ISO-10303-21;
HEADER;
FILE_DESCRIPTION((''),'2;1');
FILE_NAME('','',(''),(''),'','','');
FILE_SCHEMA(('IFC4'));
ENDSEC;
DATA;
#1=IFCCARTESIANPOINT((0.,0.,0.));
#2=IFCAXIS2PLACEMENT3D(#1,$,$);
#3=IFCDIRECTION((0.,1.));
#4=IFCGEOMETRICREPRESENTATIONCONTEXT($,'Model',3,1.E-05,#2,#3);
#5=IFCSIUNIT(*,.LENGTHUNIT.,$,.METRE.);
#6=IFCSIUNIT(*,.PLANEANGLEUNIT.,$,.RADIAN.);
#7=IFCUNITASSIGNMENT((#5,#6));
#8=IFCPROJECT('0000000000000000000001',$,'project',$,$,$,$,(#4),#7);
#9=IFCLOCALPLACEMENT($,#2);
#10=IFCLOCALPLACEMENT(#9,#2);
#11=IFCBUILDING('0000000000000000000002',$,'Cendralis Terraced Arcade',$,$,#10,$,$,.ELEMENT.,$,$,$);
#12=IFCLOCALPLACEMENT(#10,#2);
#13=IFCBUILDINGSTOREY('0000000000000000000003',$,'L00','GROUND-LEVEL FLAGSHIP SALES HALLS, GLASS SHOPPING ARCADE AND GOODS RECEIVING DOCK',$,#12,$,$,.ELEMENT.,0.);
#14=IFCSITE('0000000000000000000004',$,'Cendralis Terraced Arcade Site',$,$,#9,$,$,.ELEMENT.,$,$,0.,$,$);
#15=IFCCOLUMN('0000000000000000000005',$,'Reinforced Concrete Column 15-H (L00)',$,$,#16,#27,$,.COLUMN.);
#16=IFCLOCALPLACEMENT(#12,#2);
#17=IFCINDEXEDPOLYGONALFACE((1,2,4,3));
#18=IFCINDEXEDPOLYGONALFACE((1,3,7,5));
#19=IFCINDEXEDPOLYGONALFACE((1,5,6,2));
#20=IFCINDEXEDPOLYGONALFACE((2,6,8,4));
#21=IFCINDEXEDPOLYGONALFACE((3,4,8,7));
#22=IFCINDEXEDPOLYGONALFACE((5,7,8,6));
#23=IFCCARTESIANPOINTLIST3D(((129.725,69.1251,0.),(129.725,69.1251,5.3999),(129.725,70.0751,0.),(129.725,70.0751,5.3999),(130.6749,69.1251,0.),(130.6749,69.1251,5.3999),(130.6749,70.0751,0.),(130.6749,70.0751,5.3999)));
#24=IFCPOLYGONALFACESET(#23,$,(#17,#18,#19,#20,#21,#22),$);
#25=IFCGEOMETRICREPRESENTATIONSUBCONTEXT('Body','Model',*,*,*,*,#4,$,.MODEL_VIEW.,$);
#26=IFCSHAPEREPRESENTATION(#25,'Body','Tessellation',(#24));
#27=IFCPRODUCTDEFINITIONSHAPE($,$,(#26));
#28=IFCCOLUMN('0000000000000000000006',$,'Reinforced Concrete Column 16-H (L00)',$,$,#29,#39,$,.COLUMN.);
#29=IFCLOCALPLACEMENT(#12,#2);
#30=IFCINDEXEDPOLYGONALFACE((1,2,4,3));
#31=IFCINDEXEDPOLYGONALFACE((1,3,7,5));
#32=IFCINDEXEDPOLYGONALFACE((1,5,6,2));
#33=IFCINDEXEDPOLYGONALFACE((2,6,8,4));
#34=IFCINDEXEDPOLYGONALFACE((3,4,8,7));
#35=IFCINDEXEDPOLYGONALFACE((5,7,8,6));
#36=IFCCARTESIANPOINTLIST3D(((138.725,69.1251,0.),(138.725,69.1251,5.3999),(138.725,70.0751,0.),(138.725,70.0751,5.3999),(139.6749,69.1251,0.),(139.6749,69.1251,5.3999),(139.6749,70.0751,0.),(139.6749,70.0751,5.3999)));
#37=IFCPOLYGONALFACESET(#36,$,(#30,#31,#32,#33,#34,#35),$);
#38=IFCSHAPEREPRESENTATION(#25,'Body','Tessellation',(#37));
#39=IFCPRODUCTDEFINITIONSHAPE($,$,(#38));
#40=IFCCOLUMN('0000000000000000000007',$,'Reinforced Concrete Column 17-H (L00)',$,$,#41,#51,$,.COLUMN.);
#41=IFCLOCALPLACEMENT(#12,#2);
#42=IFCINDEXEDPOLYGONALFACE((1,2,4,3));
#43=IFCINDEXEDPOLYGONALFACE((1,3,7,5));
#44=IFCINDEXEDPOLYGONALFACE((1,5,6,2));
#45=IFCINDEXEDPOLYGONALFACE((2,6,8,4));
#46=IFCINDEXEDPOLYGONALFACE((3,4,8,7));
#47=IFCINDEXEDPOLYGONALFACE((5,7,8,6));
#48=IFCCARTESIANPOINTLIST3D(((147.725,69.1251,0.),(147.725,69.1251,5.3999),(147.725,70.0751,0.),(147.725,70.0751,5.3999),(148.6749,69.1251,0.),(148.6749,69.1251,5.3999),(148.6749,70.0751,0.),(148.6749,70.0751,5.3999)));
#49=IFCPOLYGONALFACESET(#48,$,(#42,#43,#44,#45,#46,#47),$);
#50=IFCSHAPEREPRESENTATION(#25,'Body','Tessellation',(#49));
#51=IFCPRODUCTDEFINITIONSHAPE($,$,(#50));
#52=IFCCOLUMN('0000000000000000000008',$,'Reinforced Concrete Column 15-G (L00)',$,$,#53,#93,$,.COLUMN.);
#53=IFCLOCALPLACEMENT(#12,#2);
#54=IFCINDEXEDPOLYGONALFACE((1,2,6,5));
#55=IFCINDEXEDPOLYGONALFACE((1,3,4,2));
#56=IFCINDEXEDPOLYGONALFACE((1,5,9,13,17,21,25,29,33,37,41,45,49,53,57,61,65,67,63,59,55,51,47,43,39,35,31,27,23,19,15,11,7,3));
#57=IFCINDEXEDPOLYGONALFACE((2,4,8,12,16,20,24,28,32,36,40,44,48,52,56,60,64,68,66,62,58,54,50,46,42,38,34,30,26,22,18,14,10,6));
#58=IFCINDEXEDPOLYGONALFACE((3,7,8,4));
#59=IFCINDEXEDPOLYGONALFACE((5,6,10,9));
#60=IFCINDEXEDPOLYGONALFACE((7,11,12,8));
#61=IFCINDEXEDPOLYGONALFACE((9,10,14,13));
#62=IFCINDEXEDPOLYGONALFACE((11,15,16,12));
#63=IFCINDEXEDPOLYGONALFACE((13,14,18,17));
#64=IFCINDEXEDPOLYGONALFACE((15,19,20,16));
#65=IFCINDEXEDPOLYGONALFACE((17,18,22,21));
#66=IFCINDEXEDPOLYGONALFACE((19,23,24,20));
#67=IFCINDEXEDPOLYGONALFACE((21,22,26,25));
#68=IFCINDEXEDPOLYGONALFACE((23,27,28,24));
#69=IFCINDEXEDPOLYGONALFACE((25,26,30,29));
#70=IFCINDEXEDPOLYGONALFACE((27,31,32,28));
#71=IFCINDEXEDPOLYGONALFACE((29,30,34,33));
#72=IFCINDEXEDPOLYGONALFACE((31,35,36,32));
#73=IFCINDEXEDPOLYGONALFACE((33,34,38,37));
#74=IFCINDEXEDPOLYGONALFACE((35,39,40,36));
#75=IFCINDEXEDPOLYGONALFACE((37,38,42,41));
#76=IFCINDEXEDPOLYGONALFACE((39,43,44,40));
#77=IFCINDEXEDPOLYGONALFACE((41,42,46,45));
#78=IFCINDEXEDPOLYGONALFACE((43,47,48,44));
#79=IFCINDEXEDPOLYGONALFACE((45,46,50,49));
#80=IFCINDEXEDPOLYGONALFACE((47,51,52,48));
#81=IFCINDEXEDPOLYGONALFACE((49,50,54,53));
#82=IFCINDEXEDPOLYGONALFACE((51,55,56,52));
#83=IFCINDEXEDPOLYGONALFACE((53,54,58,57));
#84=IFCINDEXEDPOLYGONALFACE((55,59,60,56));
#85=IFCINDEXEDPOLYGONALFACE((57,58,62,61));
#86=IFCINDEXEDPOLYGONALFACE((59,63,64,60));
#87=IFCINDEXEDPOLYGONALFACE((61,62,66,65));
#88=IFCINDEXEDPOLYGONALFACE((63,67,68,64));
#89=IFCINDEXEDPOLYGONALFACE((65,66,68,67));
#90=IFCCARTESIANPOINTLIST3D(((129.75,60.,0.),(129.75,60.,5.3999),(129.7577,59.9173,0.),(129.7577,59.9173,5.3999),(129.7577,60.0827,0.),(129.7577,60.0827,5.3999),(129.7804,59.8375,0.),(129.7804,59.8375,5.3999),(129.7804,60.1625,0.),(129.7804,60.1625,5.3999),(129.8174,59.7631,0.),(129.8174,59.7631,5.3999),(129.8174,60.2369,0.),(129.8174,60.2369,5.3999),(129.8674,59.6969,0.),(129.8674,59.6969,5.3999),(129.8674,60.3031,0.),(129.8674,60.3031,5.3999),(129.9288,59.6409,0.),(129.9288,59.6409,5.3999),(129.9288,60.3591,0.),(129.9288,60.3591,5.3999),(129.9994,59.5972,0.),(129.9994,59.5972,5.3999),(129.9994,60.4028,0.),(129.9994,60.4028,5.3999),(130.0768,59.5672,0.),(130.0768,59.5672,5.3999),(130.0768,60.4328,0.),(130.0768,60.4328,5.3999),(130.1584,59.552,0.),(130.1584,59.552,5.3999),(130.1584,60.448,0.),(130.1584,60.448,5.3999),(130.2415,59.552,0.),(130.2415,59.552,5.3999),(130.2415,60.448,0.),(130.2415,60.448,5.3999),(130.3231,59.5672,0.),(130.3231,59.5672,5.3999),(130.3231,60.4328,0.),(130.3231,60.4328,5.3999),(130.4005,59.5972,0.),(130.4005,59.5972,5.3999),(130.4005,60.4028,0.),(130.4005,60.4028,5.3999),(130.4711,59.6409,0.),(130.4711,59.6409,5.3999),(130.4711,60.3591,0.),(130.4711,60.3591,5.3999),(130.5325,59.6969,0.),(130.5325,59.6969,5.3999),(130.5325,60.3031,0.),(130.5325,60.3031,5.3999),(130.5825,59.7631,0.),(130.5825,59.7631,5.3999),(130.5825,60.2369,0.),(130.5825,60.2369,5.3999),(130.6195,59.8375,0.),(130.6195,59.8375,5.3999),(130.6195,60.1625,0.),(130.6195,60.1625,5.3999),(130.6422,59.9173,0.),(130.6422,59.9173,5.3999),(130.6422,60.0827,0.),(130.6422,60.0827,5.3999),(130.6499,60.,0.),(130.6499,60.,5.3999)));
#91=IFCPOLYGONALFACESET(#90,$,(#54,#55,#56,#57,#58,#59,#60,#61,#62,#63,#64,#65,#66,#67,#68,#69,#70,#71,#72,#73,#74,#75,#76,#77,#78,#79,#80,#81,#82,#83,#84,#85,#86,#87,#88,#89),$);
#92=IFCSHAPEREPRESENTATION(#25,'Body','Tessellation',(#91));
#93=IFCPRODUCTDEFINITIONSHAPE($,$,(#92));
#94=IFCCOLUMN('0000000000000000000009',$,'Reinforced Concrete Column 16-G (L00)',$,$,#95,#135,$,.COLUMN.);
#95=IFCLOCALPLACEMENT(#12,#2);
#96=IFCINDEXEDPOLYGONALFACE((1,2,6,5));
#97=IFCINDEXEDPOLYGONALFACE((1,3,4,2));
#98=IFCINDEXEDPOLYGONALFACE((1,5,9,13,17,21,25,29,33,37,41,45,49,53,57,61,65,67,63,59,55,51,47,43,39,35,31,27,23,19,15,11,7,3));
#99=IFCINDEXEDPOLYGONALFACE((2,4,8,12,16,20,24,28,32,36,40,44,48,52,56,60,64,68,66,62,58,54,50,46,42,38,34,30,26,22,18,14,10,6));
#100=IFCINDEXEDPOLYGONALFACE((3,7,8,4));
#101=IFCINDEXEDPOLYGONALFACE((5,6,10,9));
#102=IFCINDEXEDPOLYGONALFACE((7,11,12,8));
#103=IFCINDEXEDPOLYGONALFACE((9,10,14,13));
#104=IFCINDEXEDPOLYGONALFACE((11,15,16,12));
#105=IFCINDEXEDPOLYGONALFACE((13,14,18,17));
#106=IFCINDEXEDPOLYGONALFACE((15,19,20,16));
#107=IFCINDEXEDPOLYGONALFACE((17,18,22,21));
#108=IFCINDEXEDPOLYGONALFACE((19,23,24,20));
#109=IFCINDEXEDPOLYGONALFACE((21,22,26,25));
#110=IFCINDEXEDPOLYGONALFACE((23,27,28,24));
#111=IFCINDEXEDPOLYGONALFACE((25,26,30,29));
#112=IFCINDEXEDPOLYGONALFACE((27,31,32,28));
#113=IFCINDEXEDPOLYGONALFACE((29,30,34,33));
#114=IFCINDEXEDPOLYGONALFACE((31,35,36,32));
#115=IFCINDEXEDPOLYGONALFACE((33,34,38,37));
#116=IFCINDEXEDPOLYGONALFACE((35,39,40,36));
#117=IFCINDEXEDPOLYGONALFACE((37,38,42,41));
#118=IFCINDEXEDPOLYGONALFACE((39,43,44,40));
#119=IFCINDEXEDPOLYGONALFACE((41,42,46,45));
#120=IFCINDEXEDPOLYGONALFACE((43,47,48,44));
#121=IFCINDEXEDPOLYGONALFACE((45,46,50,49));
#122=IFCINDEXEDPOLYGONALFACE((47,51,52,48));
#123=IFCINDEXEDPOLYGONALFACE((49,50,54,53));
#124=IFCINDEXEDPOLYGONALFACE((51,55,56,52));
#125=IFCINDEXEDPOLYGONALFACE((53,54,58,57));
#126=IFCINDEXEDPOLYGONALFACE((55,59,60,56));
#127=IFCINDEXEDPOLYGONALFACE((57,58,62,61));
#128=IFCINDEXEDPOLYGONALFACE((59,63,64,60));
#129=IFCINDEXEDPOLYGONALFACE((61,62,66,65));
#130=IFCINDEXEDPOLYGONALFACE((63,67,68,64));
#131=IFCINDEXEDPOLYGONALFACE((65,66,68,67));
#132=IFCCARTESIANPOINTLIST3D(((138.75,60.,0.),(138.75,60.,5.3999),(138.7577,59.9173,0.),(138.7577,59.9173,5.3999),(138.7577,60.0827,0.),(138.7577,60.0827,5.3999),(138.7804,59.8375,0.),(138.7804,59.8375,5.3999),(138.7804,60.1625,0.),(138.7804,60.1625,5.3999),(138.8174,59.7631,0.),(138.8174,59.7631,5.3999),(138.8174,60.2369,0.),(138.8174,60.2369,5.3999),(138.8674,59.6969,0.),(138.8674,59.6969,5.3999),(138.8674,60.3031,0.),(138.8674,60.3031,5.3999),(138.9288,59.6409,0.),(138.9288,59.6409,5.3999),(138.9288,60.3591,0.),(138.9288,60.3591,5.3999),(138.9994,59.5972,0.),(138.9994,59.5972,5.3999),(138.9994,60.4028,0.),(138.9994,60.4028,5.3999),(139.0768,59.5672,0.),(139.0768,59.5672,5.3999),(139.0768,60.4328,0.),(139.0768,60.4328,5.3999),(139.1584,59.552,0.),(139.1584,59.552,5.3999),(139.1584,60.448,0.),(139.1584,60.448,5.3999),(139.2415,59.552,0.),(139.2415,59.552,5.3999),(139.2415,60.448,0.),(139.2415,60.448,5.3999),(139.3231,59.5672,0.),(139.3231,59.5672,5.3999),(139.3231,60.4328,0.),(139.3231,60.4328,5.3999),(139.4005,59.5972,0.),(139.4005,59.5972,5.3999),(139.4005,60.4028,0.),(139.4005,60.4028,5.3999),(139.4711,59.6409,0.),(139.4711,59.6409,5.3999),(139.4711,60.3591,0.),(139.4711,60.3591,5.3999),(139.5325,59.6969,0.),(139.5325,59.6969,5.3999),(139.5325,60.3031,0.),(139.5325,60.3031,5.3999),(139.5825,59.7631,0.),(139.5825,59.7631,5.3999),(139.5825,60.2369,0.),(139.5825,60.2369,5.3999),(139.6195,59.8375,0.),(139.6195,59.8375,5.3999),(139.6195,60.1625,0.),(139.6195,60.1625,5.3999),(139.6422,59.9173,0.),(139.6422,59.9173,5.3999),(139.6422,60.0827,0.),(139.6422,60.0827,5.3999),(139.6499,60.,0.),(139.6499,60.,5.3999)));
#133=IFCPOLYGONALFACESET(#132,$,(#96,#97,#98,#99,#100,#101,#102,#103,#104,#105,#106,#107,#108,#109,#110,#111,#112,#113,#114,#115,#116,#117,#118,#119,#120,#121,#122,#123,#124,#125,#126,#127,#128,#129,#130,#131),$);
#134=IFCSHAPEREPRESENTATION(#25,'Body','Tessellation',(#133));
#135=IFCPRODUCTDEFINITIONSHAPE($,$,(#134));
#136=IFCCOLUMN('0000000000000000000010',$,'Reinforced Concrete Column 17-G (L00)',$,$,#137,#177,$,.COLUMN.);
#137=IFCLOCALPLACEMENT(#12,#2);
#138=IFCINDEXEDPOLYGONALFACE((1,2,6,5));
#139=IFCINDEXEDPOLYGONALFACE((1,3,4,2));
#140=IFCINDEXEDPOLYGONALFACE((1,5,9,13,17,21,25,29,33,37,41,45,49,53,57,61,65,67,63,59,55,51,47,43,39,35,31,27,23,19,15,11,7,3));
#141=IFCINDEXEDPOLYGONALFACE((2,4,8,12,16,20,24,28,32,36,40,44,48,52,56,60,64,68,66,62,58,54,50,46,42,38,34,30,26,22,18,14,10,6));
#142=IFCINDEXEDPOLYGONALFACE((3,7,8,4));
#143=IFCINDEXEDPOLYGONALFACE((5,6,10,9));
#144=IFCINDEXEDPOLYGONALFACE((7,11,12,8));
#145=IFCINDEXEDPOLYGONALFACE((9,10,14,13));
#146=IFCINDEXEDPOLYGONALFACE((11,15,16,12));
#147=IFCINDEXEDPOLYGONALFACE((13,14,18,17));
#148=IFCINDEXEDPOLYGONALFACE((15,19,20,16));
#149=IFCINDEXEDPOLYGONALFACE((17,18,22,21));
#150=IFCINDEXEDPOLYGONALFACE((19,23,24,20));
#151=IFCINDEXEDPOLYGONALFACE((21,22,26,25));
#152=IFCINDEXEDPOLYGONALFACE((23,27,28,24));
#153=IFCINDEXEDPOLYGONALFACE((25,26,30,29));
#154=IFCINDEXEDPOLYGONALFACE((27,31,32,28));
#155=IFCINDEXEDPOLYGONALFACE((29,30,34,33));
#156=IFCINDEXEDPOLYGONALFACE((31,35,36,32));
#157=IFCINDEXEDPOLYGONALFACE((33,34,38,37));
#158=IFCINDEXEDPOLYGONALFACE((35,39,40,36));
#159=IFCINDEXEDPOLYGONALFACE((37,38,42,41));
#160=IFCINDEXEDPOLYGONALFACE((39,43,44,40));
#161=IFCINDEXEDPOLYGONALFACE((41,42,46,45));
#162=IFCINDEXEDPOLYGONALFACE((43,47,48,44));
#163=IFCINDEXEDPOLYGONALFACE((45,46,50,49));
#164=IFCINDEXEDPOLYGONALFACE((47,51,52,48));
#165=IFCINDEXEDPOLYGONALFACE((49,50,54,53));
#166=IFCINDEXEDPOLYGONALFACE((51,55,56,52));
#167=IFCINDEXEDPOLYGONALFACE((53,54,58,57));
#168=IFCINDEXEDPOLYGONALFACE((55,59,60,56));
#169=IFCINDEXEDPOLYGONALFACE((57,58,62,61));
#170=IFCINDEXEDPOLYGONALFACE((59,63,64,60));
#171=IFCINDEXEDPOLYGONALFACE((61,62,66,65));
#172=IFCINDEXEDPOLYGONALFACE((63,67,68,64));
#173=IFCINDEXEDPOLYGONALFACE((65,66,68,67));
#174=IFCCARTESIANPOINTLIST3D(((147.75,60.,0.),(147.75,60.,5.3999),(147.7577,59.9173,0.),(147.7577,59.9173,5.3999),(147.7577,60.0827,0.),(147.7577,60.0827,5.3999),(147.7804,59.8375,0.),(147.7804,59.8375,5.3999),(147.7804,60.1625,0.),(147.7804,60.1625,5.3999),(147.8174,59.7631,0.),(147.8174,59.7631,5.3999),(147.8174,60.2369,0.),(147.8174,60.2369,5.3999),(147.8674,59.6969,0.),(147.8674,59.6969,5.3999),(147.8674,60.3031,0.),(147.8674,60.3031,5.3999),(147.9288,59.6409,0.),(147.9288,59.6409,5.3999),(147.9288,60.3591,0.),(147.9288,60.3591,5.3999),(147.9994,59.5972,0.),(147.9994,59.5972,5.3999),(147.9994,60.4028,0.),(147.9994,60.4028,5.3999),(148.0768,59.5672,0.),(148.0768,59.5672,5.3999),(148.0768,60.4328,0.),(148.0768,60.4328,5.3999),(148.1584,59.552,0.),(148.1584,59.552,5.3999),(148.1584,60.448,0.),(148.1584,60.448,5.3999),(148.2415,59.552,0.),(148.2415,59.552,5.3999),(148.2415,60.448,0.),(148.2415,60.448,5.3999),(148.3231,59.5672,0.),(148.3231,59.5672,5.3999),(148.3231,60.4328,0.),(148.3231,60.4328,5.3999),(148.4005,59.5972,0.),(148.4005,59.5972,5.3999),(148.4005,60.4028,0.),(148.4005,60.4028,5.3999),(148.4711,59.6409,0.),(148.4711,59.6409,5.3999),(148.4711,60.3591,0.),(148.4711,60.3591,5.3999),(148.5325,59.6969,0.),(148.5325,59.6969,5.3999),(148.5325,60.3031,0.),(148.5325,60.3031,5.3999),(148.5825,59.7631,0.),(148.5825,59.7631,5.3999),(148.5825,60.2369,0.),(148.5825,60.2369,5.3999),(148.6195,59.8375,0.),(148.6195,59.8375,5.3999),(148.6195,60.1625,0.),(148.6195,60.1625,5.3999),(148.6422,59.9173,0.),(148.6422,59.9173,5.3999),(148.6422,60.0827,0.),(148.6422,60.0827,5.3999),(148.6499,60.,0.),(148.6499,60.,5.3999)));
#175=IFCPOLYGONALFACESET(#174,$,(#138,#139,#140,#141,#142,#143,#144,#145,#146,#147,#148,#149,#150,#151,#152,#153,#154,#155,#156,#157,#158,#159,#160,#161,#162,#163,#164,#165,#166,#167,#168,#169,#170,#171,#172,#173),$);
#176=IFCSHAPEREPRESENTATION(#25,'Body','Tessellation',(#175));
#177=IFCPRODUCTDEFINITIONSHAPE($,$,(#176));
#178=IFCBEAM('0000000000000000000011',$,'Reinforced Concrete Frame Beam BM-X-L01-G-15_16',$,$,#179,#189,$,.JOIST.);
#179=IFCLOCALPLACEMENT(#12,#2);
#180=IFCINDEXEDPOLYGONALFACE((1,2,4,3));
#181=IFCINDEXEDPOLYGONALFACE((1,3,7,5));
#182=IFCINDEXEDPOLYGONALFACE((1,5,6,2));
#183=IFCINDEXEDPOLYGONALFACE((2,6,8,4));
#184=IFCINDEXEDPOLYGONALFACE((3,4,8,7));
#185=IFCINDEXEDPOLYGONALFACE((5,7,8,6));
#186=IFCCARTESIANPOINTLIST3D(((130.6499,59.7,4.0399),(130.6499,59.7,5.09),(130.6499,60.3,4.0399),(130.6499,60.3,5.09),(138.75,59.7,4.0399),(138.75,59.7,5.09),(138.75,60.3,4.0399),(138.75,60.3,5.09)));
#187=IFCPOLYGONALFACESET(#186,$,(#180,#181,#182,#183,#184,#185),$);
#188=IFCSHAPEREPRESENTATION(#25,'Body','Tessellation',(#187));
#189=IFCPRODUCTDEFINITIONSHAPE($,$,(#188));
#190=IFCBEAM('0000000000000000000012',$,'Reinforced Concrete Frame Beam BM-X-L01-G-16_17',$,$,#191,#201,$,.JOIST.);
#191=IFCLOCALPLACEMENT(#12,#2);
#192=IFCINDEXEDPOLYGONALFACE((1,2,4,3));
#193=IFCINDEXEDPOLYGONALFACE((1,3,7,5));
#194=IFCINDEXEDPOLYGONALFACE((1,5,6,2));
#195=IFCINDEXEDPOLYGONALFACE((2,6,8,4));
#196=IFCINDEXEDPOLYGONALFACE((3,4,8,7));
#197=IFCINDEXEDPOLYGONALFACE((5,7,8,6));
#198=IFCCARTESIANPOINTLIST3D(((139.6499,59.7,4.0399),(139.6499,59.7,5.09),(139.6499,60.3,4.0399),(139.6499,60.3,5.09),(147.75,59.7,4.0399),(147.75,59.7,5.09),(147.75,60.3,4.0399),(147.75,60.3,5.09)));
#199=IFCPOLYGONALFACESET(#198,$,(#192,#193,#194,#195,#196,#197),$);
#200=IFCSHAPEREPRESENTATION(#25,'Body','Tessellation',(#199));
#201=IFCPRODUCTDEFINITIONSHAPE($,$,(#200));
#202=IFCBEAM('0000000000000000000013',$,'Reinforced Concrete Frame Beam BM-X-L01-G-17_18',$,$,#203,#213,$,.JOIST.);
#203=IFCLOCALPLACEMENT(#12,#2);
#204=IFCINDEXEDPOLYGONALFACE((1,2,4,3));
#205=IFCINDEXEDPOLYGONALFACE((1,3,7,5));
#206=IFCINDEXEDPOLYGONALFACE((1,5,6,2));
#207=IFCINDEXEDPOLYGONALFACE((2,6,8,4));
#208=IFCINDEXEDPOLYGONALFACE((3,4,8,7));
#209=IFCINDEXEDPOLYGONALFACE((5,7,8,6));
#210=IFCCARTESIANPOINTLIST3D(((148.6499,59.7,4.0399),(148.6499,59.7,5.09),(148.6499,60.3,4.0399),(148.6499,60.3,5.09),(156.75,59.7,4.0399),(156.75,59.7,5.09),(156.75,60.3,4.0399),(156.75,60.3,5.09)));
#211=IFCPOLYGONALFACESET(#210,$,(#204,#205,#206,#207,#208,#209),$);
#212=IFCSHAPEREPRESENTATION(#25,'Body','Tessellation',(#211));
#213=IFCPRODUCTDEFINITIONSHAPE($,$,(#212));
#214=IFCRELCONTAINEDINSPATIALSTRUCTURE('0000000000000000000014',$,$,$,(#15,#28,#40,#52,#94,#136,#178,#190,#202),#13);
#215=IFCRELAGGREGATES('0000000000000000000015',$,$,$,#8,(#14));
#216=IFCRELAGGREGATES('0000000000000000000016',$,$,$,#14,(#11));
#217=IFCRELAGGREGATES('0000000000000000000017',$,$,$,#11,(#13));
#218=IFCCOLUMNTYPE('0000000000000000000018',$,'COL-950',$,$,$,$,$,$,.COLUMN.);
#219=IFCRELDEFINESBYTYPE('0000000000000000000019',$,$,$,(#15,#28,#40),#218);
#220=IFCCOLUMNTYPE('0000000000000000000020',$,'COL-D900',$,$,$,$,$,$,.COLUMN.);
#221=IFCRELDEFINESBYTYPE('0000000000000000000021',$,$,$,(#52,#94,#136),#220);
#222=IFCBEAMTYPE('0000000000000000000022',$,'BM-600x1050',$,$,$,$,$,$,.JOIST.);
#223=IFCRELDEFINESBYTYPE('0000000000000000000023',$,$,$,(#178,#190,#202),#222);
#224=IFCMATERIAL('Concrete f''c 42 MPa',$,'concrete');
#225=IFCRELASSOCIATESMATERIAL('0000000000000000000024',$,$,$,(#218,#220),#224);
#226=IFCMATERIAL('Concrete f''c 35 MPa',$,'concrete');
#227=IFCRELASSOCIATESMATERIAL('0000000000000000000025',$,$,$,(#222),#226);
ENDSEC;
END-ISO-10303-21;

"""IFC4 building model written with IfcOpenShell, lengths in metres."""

from ifc_helpers import new_model, si_unit, direction, frame, origin, origin_2d, place, context, subcontext, project, spatial, rectangle, circle, extrude, material, material_profile, profile_set, type_object, element, save


model = new_model("IFC4")

# Units and contexts
model_context = context("Model", 3, precision=1e-05, world=origin(), true_north=direction((0.0, 1.0)))
body_context = subcontext(model_context, "Body", "Model", "MODEL_VIEW")
ifc_project = project(units=[si_unit("LENGTHUNIT", "METRE"), si_unit("PLANEANGLEUNIT", "RADIAN")], contexts=[model_context])

# Site, building, storey
site_placement = place(None, origin())
site = spatial("IfcSite", under=ifc_project, at=site_placement, Name="Cendralis Terraced Arcade Site", CompositionType="ELEMENT", RefElevation=0.0)
building_placement = place(site_placement, origin())
building = spatial("IfcBuilding", under=site, at=building_placement, Name="Cendralis Terraced Arcade", CompositionType="ELEMENT")
storey_placement = place(building_placement, origin())
storey = spatial("IfcBuildingStorey", under=building, at=storey_placement, Name="L00", Description="GROUND-LEVEL FLAGSHIP SALES HALLS, GLASS SHOPPING ARCADE AND GOODS RECEIVING DOCK", CompositionType="ELEMENT", Elevation=0.0)

# Columns
ifc_material_1 = material(Name="Concrete f'c 42 MPa", Category="concrete")
ifc_material_profile_1 = material_profile(ifc_material_1, rectangle(XDim=0.95, YDim=0.95, at=origin_2d()), Name="RC-COL-950x950", Category="LoadBearing")
ifc_profile_set_1 = profile_set([ifc_material_profile_1], Name="Concrete f'c 42 MPa")
column_type_1 = type_object("IfcColumnType", Name="COL-950", PredefinedType="COLUMN", material=ifc_profile_set_1)
for number, where, z_axis, x_axis, name in (
    (1, (130.2, 69.6001, 0.0), (0.0, 0.0, 1.0), (1.0, 0.0, 0.0), "Reinforced Concrete Column 15-H (L00)"),
    (2, (139.2, 69.6001, 0.0), (0.0, 0.0, 1.0), (1.0, 0.0, 0.0), "Reinforced Concrete Column 16-H (L00)"),
    (3, (148.2, 69.6001, 0.0), (0.0, 0.0, 1.0), (1.0, 0.0, 0.0), "Reinforced Concrete Column 17-H (L00)"),
):
    element("IfcColumn", number, at=place(storey_placement, frame(where, z_axis=z_axis, x_axis=x_axis)), inside=storey, type_object=column_type_1, Name=name, PredefinedType="COLUMN", context=body_context, shape_type="SweptSolid", body=[
        extrude(rectangle(XDim=0.95, YDim=0.95, at=origin_2d()), origin(), (0.0, 0.0, 1.0), 5.3999),
    ])
ifc_material_profile_2 = material_profile(ifc_material_1, circle(Radius=0.45, at=origin_2d()), Name="RC-COL-D900", Category="LoadBearing")
ifc_profile_set_2 = profile_set([ifc_material_profile_2], Name="Concrete f'c 42 MPa")
column_type_2 = type_object("IfcColumnType", Name="COL-D900", PredefinedType="COLUMN", material=ifc_profile_set_2)
for number, where, z_axis, x_axis, name in (
    (4, (130.2, 60.0, 0.0), (0.0, 0.0, 1.0), (1.0, 0.0, 0.0), "Reinforced Concrete Column 15-G (L00)"),
    (5, (139.2, 60.0, 0.0), (0.0, 0.0, 1.0), (1.0, 0.0, 0.0), "Reinforced Concrete Column 16-G (L00)"),
    (6, (148.2, 60.0, 0.0), (0.0, 0.0, 1.0), (1.0, 0.0, 0.0), "Reinforced Concrete Column 17-G (L00)"),
):
    element("IfcColumn", number, at=place(storey_placement, frame(where, z_axis=z_axis, x_axis=x_axis)), inside=storey, type_object=column_type_2, Name=name, PredefinedType="COLUMN", context=body_context, shape_type="SweptSolid", body=[
        extrude(circle(Radius=0.45, at=origin_2d()), origin(), (0.0, 0.0, 1.0), 5.3999),
    ])

# Beams
ifc_material_2 = material(Name="Concrete f'c 35 MPa", Category="concrete")
ifc_material_profile_3 = material_profile(ifc_material_2, rectangle(XDim=0.6001, YDim=1.05, at=origin_2d()), Name="RC-BM-600x1050", Category="LoadBearing")
ifc_profile_set_3 = profile_set([ifc_material_profile_3], Name="Concrete f'c 35 MPa")
beam_type = type_object("IfcBeamType", Name="BM-600x1050", PredefinedType="JOIST", material=ifc_profile_set_3)
for number, where, z_axis, x_axis, name in (
    (7, (130.6499, 60.0, 4.5649), (1.0, 0.0, 0.0), (0.0, 1.0, 0.0), "Reinforced Concrete Frame Beam BM-X-L01-G-15_16"),
    (8, (139.6499, 60.0, 4.5649), (1.0, 0.0, 0.0), (0.0, 1.0, 0.0), "Reinforced Concrete Frame Beam BM-X-L01-G-16_17"),
    (9, (148.6499, 60.0, 4.5649), (1.0, 0.0, 0.0), (0.0, 1.0, 0.0), "Reinforced Concrete Frame Beam BM-X-L01-G-17_18"),
):
    element("IfcBeam", number, at=place(storey_placement, frame(where, z_axis=z_axis, x_axis=x_axis)), inside=storey, type_object=beam_type, Name=name, PredefinedType="JOIST", context=body_context, shape_type="SweptSolid", body=[
        extrude(rectangle(XDim=0.6001, YDim=1.05, at=origin_2d()), origin(), (0.0, 0.0, 1.0), 8.1001),
    ])

save(model, "model.ifc")
